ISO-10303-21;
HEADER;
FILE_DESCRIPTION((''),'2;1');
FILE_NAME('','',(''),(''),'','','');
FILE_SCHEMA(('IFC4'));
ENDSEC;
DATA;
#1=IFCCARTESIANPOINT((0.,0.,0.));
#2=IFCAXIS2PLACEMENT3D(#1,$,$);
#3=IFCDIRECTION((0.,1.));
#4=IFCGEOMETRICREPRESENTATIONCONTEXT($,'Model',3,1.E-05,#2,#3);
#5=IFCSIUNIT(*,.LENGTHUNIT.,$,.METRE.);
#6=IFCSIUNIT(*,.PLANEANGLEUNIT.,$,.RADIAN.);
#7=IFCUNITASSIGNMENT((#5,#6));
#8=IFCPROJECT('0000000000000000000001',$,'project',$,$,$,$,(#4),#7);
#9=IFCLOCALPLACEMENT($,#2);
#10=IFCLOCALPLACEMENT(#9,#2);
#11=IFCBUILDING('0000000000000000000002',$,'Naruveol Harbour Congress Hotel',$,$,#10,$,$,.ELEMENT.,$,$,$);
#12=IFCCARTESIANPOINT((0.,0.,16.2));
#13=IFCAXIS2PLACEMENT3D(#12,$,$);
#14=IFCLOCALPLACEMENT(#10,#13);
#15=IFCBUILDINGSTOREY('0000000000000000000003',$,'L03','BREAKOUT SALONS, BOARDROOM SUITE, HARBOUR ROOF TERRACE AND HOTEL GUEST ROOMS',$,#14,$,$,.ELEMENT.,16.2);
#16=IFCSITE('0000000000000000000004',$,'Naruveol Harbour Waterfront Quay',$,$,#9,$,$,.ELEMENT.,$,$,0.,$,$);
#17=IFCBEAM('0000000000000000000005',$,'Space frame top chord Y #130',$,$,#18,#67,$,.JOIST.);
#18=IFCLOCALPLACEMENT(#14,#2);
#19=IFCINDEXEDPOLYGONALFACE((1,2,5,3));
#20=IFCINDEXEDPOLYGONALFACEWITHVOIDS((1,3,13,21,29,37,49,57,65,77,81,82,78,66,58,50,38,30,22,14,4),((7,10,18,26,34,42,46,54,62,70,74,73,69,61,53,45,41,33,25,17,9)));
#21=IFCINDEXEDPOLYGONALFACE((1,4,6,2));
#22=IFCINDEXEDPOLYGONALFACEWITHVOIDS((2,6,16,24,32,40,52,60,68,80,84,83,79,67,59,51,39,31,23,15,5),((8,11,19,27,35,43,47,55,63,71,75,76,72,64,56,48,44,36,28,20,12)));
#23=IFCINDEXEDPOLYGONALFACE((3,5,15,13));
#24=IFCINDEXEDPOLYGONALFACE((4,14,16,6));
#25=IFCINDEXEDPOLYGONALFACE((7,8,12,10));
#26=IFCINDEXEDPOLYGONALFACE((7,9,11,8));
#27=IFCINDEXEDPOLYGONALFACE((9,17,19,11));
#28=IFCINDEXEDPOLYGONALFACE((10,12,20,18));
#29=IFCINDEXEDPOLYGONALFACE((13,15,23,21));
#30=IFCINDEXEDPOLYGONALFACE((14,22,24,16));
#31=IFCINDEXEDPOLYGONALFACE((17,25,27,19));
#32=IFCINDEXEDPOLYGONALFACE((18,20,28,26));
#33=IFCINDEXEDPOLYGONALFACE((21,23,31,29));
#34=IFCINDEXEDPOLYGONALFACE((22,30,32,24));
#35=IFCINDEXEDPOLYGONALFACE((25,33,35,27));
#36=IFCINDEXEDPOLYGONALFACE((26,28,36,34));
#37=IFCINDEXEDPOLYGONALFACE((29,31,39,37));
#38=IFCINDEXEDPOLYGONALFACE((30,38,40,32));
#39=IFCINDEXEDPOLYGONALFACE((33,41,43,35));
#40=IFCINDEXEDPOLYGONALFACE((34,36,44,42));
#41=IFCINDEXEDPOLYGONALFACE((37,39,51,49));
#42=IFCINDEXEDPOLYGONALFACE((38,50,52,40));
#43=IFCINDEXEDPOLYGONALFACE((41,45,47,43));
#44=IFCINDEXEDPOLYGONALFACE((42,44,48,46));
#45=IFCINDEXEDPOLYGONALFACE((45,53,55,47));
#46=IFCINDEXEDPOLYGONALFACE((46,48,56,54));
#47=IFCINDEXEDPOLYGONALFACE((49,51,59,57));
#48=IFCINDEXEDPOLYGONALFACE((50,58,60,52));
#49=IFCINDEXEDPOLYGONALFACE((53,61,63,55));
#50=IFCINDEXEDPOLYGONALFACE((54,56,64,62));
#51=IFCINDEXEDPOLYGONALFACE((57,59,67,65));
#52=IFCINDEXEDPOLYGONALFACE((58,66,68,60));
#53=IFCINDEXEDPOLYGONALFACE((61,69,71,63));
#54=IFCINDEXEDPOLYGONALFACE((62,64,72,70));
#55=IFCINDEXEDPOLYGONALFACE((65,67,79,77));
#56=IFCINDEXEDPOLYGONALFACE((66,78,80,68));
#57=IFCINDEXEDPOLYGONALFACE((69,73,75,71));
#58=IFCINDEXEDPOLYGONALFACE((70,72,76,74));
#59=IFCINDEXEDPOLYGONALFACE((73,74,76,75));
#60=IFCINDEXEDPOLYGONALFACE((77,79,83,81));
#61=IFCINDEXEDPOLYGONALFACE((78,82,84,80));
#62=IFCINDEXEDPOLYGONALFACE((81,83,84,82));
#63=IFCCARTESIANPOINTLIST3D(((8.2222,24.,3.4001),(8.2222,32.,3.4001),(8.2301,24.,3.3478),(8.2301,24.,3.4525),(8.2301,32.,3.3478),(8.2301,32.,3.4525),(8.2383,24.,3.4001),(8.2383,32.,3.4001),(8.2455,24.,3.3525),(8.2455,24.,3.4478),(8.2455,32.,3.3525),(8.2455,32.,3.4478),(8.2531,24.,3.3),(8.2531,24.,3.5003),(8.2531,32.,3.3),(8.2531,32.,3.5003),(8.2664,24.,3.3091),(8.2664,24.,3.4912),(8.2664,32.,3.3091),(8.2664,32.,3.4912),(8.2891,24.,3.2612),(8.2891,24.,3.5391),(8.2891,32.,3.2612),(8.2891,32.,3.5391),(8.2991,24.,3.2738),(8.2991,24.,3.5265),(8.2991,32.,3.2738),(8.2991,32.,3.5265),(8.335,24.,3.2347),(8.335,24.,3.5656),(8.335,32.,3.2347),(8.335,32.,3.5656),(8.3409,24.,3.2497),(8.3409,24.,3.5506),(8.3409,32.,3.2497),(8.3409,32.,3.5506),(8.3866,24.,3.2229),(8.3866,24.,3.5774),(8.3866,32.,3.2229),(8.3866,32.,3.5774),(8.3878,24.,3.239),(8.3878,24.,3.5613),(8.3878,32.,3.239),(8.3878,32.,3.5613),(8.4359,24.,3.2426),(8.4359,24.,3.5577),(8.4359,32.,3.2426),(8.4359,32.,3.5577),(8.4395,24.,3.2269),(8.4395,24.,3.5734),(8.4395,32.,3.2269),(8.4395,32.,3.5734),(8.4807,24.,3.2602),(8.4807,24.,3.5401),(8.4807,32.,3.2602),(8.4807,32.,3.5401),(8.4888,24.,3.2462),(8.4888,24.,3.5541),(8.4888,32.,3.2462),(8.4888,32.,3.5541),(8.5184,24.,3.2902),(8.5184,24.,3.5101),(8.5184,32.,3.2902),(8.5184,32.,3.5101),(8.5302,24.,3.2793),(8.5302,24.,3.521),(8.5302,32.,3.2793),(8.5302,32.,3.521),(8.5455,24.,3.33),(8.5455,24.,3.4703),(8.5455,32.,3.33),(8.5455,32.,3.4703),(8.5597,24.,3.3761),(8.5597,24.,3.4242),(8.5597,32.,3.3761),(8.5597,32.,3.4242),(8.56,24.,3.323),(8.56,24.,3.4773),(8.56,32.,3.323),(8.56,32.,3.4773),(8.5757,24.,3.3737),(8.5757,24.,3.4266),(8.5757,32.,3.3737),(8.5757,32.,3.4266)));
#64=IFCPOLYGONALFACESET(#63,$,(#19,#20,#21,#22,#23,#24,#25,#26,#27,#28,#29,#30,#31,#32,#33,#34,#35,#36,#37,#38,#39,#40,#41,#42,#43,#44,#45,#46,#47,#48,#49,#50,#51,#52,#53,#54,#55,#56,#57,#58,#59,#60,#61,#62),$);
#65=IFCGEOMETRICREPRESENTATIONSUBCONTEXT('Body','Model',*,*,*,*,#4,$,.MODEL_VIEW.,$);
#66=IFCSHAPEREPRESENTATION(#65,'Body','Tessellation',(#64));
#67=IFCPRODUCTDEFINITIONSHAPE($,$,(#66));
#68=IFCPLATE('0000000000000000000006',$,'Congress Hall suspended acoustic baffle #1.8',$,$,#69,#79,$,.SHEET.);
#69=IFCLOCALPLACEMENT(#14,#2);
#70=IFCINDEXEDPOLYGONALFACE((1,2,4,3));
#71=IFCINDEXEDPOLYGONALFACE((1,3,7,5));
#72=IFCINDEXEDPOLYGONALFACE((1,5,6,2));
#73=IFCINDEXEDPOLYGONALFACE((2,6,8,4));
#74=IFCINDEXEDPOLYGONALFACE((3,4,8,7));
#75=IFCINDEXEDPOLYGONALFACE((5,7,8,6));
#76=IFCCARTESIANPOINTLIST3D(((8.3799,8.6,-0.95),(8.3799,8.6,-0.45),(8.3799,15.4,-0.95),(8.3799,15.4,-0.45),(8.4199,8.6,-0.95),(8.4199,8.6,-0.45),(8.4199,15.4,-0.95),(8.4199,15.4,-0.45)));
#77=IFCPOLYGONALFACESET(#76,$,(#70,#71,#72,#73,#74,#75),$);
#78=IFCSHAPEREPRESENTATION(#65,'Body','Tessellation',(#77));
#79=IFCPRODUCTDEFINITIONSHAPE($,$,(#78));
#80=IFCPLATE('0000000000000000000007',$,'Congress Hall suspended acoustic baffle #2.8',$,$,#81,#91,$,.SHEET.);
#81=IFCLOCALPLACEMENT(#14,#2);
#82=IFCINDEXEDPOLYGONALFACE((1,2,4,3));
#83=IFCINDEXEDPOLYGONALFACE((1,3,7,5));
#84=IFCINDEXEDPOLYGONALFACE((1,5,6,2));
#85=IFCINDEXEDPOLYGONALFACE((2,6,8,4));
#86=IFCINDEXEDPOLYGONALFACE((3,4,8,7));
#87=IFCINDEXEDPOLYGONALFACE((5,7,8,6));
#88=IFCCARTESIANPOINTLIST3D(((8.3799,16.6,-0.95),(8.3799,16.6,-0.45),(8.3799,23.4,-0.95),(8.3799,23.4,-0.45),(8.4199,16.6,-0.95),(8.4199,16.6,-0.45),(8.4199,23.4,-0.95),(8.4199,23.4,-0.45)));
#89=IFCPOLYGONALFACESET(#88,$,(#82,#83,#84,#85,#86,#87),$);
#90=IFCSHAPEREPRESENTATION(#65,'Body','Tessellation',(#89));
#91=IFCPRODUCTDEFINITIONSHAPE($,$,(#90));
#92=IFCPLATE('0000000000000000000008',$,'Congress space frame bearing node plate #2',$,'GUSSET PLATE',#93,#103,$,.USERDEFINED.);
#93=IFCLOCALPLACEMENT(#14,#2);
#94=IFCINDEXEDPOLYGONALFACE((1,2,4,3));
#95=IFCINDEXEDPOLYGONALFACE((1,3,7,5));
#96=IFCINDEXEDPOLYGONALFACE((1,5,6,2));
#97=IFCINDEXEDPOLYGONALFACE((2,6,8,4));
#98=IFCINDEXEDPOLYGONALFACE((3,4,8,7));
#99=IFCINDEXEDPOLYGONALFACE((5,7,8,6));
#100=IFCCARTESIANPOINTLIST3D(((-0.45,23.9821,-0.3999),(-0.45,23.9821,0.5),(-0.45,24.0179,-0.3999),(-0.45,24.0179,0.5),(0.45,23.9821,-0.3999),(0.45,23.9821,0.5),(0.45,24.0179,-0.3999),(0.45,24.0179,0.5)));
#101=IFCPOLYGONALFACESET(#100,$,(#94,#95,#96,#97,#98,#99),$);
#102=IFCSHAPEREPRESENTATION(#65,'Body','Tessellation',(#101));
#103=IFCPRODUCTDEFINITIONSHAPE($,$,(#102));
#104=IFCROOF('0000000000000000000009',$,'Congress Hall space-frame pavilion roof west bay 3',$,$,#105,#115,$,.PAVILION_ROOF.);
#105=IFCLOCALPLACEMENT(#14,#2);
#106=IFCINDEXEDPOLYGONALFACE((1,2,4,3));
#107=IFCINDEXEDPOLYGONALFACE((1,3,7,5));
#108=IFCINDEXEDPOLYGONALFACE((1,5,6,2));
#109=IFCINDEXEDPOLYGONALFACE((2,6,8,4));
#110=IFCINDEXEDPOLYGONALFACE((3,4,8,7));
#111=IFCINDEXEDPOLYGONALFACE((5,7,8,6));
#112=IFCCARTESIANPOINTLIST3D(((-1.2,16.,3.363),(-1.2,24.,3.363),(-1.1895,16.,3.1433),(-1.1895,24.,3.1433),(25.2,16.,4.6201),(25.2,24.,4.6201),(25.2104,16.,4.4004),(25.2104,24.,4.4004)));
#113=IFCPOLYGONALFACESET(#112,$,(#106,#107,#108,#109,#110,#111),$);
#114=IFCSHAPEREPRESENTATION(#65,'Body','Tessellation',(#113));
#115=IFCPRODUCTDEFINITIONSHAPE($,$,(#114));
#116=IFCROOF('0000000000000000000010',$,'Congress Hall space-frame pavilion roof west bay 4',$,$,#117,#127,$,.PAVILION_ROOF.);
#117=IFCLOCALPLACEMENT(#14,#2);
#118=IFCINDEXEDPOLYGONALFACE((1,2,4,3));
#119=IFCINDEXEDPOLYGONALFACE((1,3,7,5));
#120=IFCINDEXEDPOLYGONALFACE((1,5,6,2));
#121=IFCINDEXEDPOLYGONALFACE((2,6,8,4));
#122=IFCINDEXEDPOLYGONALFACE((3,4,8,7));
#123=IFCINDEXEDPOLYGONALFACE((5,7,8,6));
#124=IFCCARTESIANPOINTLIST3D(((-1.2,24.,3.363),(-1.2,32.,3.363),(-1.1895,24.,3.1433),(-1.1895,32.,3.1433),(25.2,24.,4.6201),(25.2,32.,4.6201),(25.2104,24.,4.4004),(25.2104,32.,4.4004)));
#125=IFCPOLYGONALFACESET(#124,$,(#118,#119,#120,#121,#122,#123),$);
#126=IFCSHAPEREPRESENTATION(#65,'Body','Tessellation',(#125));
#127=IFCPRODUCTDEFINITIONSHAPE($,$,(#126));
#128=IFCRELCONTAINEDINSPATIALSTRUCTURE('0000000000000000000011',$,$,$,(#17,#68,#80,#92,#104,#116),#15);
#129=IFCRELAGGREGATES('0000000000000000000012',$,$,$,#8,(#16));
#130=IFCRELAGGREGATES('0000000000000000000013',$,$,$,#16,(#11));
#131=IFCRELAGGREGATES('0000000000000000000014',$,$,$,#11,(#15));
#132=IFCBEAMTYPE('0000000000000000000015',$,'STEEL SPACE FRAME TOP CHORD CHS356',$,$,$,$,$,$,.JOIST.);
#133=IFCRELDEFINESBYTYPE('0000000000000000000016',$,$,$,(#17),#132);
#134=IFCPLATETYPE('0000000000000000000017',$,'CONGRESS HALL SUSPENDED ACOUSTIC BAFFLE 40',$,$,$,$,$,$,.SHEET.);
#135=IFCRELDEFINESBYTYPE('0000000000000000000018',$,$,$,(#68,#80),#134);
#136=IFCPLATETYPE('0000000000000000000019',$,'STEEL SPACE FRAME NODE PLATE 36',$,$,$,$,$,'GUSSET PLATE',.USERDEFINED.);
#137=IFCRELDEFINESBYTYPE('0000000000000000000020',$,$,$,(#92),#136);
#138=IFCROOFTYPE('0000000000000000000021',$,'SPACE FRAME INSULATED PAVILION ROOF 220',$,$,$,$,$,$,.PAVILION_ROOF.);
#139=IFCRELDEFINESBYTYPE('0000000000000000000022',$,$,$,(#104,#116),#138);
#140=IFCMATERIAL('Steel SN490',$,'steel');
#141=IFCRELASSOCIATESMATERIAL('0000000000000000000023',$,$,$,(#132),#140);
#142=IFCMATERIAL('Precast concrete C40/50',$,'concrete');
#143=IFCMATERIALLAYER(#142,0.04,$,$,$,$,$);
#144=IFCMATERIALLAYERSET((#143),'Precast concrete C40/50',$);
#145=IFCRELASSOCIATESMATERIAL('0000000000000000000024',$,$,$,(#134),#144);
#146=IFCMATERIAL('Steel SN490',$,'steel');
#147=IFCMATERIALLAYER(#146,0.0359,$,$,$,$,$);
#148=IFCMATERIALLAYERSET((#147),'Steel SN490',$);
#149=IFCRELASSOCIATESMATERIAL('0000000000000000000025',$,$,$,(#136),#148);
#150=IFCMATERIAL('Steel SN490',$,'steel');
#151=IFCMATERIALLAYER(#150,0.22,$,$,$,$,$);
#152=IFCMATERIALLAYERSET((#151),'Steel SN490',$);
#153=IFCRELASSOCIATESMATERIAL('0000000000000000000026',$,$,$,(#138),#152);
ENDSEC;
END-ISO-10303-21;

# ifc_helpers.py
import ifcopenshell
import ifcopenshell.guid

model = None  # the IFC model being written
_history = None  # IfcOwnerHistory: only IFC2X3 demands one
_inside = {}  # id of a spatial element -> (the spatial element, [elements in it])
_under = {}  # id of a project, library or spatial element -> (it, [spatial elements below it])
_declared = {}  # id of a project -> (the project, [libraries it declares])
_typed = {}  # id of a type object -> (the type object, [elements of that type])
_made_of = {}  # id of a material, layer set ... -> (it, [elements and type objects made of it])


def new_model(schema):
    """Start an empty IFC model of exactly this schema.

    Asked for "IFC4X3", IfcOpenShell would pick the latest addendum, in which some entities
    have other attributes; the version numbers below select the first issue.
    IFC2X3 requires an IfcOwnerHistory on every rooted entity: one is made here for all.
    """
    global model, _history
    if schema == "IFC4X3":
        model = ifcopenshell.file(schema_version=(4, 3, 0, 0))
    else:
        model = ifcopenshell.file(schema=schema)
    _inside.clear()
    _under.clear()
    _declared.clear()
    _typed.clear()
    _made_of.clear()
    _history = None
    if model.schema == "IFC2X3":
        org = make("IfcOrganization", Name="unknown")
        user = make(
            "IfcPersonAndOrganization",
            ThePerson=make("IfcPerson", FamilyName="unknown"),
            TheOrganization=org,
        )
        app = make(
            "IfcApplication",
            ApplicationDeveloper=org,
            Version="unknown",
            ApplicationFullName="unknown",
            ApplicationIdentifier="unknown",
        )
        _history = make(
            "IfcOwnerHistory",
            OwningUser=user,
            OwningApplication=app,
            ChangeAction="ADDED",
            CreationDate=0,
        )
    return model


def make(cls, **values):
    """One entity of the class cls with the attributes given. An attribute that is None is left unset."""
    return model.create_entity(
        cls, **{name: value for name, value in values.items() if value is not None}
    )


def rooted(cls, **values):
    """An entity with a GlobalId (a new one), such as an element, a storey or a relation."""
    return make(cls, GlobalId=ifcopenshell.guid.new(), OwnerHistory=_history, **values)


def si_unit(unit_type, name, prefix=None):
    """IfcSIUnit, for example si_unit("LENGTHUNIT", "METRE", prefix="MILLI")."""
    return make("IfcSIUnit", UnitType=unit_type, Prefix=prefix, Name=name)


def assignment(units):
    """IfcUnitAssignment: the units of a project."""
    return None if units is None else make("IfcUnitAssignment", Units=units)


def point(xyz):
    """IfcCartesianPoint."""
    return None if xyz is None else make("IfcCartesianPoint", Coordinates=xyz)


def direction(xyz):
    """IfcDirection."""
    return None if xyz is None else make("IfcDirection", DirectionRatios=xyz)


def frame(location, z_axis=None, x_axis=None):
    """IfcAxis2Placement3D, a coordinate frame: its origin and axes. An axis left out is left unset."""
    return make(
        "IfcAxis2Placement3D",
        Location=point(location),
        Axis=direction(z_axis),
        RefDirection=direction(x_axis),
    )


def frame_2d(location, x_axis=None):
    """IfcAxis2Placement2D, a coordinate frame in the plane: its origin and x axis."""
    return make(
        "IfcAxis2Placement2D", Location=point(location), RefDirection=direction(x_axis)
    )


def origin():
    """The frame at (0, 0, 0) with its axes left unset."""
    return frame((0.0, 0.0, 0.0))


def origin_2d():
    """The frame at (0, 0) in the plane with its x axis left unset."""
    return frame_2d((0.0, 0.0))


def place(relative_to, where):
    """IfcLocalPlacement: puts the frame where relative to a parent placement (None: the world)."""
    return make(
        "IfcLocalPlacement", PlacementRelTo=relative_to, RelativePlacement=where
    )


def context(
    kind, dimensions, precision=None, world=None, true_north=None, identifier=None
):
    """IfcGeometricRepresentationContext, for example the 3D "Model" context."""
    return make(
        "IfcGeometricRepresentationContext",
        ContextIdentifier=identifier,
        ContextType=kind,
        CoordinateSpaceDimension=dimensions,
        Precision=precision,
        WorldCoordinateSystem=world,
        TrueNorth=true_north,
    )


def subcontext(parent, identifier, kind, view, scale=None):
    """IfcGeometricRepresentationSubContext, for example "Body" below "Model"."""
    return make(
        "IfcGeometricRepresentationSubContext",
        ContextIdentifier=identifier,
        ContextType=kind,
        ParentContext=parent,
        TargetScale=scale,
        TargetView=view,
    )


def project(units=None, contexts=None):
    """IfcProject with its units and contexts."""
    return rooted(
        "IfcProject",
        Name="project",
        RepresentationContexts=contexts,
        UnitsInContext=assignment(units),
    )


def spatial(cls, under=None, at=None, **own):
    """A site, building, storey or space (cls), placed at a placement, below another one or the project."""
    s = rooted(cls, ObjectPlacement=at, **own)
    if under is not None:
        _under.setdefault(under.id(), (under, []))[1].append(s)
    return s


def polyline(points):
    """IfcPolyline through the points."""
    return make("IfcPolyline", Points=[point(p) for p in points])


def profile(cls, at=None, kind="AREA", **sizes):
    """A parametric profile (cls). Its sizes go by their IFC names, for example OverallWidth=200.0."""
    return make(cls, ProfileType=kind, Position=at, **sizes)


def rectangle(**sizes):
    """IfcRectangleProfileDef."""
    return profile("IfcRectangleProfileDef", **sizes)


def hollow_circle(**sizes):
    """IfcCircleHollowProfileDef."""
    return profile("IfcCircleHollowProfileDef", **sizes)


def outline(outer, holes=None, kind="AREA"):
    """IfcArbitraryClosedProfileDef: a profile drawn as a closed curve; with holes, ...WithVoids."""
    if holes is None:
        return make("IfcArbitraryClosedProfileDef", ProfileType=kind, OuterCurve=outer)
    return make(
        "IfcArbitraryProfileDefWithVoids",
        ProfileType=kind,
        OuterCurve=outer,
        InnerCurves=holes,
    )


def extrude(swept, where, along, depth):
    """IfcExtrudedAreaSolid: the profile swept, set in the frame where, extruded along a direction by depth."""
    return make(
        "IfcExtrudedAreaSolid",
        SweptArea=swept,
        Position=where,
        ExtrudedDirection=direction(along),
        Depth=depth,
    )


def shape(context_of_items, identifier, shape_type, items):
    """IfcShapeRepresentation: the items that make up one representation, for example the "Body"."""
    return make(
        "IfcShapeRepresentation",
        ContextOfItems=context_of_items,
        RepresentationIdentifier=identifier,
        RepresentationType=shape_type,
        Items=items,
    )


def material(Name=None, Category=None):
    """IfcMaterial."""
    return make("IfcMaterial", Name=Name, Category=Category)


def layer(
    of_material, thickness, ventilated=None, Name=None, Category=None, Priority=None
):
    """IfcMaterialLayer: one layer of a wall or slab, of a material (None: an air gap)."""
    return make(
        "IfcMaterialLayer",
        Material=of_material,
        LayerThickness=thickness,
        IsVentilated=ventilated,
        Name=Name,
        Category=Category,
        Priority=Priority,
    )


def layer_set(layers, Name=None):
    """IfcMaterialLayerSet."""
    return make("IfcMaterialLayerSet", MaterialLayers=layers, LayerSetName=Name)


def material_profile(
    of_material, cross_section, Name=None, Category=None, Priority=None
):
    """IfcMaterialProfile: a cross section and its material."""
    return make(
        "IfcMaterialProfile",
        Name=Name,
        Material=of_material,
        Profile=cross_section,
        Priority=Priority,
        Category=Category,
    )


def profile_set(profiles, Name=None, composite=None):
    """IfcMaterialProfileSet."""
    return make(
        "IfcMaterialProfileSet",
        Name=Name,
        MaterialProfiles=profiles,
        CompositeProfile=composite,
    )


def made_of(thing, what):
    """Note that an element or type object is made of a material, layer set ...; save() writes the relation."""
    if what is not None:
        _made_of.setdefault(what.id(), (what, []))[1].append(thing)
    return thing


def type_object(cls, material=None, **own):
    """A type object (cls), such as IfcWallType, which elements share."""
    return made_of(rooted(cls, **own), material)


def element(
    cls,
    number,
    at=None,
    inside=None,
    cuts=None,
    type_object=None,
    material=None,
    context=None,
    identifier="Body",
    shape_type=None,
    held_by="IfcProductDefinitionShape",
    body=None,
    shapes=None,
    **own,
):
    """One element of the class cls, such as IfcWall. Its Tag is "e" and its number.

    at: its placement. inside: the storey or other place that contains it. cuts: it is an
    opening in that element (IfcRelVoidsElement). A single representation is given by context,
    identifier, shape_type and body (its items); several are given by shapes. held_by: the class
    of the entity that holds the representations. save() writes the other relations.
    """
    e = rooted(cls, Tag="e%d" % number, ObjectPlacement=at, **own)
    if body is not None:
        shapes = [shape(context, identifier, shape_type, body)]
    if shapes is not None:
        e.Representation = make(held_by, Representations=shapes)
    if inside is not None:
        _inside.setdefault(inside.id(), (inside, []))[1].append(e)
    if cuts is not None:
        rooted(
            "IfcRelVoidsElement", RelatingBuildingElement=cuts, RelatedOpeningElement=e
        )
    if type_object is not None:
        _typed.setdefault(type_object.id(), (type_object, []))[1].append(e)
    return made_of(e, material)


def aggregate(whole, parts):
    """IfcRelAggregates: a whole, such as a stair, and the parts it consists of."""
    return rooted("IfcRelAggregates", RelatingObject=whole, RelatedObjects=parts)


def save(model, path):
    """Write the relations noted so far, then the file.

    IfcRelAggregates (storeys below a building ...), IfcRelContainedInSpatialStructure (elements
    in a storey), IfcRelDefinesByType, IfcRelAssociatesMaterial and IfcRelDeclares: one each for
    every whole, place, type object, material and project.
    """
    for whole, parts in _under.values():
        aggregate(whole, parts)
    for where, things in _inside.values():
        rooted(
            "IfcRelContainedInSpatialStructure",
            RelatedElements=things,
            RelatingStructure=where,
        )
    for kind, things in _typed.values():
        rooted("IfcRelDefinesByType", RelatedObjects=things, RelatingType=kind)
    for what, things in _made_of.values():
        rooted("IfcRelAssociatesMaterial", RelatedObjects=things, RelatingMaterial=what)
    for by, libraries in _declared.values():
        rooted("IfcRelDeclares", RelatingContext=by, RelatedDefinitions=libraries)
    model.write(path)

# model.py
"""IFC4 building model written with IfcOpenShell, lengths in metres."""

from ifc_helpers import new_model, si_unit, direction, frame, origin, origin_2d, place, context, subcontext, project, spatial, polyline, rectangle, hollow_circle, outline, extrude, material, layer, layer_set, material_profile, profile_set, type_object, element, save


model = new_model("IFC4")

# Units and contexts
model_context = context("Model", 3, precision=1e-05, world=origin(), true_north=direction((0.0, 1.0)))
body_context = subcontext(model_context, "Body", "Model", "MODEL_VIEW")
ifc_project = project(units=[si_unit("LENGTHUNIT", "METRE"), si_unit("PLANEANGLEUNIT", "RADIAN")], contexts=[model_context])

# Site, building, storey
site_placement = place(None, origin())
site = spatial("IfcSite", under=ifc_project, at=site_placement, Name="Naruveol Harbour Waterfront Quay", CompositionType="ELEMENT", RefElevation=0.0)
building_placement = place(site_placement, origin())
building = spatial("IfcBuilding", under=site, at=building_placement, Name="Naruveol Harbour Congress Hotel", CompositionType="ELEMENT")
storey_placement = place(building_placement, frame((0.0, 0.0, 16.2)))
storey = spatial("IfcBuildingStorey", under=building, at=storey_placement, Name="L03", Description="BREAKOUT SALONS, BOARDROOM SUITE, HARBOUR ROOF TERRACE AND HOTEL GUEST ROOMS", CompositionType="ELEMENT", Elevation=16.2)

# Beam
ifc_material_1 = material(Name="Steel SN490", Category="steel")
ifc_material_profile_1 = material_profile(ifc_material_1, hollow_circle(Radius=0.1777, WallThickness=0.0161, at=origin_2d()), Name="CHS-355.6x16")
ifc_profile_set_1 = profile_set([ifc_material_profile_1], Name="Steel SN490")
beam_type_1 = type_object("IfcBeamType", Name="STEEL SPACE FRAME TOP CHORD CHS356", PredefinedType="JOIST", material=ifc_profile_set_1)
for number, where, z_axis, x_axis, name in (
    (1, (8.3999, 24.0, 3.4001), (0.0, 1.0, 0.0), (-1.0, 0.0, 0.0), "Space frame top chord Y #130"),
):
    element("IfcBeam", number, at=place(storey_placement, frame(where, z_axis=z_axis, x_axis=x_axis)), inside=storey, type_object=beam_type_1, Name=name, PredefinedType="JOIST", context=body_context, shape_type="SweptSolid", body=[
        extrude(hollow_circle(Radius=0.1777, WallThickness=0.0161, at=origin_2d()), origin(), (0.0, 0.0, 1.0), 8.0),
    ])

# Plates
ifc_material_2 = material(Name="Precast concrete C40/50", Category="concrete")
ifc_layer_1 = layer(ifc_material_2, 0.04)
ifc_layer_set_1 = layer_set([ifc_layer_1], Name="Precast concrete C40/50")
plate_type_1 = type_object("IfcPlateType", Name="CONGRESS HALL SUSPENDED ACOUSTIC BAFFLE 40", PredefinedType="SHEET", material=ifc_layer_set_1)
for number, where, z_axis, x_axis, name in (
    (2, (8.3999, 12.0, -0.95), (0.0, 0.0, 1.0), (1.0, 0.0, 0.0), "Congress Hall suspended acoustic baffle #1.8"),
    (3, (8.3999, 20.0, -0.95), (0.0, 0.0, 1.0), (1.0, 0.0, 0.0), "Congress Hall suspended acoustic baffle #2.8"),
):
    element("IfcPlate", number, at=place(storey_placement, frame(where, z_axis=z_axis, x_axis=x_axis)), inside=storey, type_object=plate_type_1, Name=name, PredefinedType="SHEET", context=body_context, shape_type="SweptSolid", body=[
        extrude(rectangle(XDim=0.04, YDim=6.8, at=origin_2d()), origin(), (0.0, 0.0, 1.0), 0.5),
    ])
ifc_material_3 = material(Name="Steel SN490", Category="steel")
ifc_layer_2 = layer(ifc_material_3, 0.0359)
ifc_layer_set_2 = layer_set([ifc_layer_2], Name="Steel SN490")
plate_type_2 = type_object("IfcPlateType", Name="STEEL SPACE FRAME NODE PLATE 36", ElementType="GUSSET PLATE", PredefinedType="USERDEFINED", material=ifc_layer_set_2)
plate_placement = place(storey_placement, frame((0.0, 24.0, -0.3999), z_axis=(0.0, 0.0, 1.0), x_axis=(1.0, 0.0, 0.0)))
element("IfcPlate", 4, at=plate_placement, inside=storey, type_object=plate_type_2, Name="Congress space frame bearing node plate #2", ObjectType="GUSSET PLATE", PredefinedType="USERDEFINED", context=body_context, shape_type="SweptSolid", body=[
    extrude(rectangle(XDim=0.8999, YDim=0.0359, at=origin_2d()), origin(), (0.0, 0.0, 1.0), 0.8999),
])

# Roofs
ifc_material_4 = material(Name="Steel SN490", Category="steel")
ifc_layer_3 = layer(ifc_material_4, 0.22)
ifc_layer_set_3 = layer_set([ifc_layer_3], Name="Steel SN490")
roof_type = type_object("IfcRoofType", Name="SPACE FRAME INSULATED PAVILION ROOF 220", PredefinedType="PAVILION_ROOF", material=ifc_layer_set_3)
for number, where, z_axis, x_axis, name in (
    (5, (-1.2, 16.0, 3.363), (-0.047563, 0.0, 0.998868), (0.998868, 0.0, 0.047563), "Congress Hall space-frame pavilion roof west bay 3"),
    (6, (-1.2, 24.0, 3.363), (-0.047563, 0.0, 0.998868), (0.998868, 0.0, 0.047563), "Congress Hall space-frame pavilion roof west bay 4"),
):
    element("IfcRoof", number, at=place(storey_placement, frame(where, z_axis=z_axis, x_axis=x_axis)), inside=storey, type_object=roof_type, Name=name, PredefinedType="PAVILION_ROOF", context=body_context, shape_type="SweptSolid", body=[
        extrude(outline(polyline([(0.0, 0.0), (26.4298, 0.0), (26.4298, 8.0), (0.0, 8.0), (0.0, 0.0)])), origin(), (0.0, 0.0, -1.0), 0.22),
    ])

save(model, "model.ifc")
